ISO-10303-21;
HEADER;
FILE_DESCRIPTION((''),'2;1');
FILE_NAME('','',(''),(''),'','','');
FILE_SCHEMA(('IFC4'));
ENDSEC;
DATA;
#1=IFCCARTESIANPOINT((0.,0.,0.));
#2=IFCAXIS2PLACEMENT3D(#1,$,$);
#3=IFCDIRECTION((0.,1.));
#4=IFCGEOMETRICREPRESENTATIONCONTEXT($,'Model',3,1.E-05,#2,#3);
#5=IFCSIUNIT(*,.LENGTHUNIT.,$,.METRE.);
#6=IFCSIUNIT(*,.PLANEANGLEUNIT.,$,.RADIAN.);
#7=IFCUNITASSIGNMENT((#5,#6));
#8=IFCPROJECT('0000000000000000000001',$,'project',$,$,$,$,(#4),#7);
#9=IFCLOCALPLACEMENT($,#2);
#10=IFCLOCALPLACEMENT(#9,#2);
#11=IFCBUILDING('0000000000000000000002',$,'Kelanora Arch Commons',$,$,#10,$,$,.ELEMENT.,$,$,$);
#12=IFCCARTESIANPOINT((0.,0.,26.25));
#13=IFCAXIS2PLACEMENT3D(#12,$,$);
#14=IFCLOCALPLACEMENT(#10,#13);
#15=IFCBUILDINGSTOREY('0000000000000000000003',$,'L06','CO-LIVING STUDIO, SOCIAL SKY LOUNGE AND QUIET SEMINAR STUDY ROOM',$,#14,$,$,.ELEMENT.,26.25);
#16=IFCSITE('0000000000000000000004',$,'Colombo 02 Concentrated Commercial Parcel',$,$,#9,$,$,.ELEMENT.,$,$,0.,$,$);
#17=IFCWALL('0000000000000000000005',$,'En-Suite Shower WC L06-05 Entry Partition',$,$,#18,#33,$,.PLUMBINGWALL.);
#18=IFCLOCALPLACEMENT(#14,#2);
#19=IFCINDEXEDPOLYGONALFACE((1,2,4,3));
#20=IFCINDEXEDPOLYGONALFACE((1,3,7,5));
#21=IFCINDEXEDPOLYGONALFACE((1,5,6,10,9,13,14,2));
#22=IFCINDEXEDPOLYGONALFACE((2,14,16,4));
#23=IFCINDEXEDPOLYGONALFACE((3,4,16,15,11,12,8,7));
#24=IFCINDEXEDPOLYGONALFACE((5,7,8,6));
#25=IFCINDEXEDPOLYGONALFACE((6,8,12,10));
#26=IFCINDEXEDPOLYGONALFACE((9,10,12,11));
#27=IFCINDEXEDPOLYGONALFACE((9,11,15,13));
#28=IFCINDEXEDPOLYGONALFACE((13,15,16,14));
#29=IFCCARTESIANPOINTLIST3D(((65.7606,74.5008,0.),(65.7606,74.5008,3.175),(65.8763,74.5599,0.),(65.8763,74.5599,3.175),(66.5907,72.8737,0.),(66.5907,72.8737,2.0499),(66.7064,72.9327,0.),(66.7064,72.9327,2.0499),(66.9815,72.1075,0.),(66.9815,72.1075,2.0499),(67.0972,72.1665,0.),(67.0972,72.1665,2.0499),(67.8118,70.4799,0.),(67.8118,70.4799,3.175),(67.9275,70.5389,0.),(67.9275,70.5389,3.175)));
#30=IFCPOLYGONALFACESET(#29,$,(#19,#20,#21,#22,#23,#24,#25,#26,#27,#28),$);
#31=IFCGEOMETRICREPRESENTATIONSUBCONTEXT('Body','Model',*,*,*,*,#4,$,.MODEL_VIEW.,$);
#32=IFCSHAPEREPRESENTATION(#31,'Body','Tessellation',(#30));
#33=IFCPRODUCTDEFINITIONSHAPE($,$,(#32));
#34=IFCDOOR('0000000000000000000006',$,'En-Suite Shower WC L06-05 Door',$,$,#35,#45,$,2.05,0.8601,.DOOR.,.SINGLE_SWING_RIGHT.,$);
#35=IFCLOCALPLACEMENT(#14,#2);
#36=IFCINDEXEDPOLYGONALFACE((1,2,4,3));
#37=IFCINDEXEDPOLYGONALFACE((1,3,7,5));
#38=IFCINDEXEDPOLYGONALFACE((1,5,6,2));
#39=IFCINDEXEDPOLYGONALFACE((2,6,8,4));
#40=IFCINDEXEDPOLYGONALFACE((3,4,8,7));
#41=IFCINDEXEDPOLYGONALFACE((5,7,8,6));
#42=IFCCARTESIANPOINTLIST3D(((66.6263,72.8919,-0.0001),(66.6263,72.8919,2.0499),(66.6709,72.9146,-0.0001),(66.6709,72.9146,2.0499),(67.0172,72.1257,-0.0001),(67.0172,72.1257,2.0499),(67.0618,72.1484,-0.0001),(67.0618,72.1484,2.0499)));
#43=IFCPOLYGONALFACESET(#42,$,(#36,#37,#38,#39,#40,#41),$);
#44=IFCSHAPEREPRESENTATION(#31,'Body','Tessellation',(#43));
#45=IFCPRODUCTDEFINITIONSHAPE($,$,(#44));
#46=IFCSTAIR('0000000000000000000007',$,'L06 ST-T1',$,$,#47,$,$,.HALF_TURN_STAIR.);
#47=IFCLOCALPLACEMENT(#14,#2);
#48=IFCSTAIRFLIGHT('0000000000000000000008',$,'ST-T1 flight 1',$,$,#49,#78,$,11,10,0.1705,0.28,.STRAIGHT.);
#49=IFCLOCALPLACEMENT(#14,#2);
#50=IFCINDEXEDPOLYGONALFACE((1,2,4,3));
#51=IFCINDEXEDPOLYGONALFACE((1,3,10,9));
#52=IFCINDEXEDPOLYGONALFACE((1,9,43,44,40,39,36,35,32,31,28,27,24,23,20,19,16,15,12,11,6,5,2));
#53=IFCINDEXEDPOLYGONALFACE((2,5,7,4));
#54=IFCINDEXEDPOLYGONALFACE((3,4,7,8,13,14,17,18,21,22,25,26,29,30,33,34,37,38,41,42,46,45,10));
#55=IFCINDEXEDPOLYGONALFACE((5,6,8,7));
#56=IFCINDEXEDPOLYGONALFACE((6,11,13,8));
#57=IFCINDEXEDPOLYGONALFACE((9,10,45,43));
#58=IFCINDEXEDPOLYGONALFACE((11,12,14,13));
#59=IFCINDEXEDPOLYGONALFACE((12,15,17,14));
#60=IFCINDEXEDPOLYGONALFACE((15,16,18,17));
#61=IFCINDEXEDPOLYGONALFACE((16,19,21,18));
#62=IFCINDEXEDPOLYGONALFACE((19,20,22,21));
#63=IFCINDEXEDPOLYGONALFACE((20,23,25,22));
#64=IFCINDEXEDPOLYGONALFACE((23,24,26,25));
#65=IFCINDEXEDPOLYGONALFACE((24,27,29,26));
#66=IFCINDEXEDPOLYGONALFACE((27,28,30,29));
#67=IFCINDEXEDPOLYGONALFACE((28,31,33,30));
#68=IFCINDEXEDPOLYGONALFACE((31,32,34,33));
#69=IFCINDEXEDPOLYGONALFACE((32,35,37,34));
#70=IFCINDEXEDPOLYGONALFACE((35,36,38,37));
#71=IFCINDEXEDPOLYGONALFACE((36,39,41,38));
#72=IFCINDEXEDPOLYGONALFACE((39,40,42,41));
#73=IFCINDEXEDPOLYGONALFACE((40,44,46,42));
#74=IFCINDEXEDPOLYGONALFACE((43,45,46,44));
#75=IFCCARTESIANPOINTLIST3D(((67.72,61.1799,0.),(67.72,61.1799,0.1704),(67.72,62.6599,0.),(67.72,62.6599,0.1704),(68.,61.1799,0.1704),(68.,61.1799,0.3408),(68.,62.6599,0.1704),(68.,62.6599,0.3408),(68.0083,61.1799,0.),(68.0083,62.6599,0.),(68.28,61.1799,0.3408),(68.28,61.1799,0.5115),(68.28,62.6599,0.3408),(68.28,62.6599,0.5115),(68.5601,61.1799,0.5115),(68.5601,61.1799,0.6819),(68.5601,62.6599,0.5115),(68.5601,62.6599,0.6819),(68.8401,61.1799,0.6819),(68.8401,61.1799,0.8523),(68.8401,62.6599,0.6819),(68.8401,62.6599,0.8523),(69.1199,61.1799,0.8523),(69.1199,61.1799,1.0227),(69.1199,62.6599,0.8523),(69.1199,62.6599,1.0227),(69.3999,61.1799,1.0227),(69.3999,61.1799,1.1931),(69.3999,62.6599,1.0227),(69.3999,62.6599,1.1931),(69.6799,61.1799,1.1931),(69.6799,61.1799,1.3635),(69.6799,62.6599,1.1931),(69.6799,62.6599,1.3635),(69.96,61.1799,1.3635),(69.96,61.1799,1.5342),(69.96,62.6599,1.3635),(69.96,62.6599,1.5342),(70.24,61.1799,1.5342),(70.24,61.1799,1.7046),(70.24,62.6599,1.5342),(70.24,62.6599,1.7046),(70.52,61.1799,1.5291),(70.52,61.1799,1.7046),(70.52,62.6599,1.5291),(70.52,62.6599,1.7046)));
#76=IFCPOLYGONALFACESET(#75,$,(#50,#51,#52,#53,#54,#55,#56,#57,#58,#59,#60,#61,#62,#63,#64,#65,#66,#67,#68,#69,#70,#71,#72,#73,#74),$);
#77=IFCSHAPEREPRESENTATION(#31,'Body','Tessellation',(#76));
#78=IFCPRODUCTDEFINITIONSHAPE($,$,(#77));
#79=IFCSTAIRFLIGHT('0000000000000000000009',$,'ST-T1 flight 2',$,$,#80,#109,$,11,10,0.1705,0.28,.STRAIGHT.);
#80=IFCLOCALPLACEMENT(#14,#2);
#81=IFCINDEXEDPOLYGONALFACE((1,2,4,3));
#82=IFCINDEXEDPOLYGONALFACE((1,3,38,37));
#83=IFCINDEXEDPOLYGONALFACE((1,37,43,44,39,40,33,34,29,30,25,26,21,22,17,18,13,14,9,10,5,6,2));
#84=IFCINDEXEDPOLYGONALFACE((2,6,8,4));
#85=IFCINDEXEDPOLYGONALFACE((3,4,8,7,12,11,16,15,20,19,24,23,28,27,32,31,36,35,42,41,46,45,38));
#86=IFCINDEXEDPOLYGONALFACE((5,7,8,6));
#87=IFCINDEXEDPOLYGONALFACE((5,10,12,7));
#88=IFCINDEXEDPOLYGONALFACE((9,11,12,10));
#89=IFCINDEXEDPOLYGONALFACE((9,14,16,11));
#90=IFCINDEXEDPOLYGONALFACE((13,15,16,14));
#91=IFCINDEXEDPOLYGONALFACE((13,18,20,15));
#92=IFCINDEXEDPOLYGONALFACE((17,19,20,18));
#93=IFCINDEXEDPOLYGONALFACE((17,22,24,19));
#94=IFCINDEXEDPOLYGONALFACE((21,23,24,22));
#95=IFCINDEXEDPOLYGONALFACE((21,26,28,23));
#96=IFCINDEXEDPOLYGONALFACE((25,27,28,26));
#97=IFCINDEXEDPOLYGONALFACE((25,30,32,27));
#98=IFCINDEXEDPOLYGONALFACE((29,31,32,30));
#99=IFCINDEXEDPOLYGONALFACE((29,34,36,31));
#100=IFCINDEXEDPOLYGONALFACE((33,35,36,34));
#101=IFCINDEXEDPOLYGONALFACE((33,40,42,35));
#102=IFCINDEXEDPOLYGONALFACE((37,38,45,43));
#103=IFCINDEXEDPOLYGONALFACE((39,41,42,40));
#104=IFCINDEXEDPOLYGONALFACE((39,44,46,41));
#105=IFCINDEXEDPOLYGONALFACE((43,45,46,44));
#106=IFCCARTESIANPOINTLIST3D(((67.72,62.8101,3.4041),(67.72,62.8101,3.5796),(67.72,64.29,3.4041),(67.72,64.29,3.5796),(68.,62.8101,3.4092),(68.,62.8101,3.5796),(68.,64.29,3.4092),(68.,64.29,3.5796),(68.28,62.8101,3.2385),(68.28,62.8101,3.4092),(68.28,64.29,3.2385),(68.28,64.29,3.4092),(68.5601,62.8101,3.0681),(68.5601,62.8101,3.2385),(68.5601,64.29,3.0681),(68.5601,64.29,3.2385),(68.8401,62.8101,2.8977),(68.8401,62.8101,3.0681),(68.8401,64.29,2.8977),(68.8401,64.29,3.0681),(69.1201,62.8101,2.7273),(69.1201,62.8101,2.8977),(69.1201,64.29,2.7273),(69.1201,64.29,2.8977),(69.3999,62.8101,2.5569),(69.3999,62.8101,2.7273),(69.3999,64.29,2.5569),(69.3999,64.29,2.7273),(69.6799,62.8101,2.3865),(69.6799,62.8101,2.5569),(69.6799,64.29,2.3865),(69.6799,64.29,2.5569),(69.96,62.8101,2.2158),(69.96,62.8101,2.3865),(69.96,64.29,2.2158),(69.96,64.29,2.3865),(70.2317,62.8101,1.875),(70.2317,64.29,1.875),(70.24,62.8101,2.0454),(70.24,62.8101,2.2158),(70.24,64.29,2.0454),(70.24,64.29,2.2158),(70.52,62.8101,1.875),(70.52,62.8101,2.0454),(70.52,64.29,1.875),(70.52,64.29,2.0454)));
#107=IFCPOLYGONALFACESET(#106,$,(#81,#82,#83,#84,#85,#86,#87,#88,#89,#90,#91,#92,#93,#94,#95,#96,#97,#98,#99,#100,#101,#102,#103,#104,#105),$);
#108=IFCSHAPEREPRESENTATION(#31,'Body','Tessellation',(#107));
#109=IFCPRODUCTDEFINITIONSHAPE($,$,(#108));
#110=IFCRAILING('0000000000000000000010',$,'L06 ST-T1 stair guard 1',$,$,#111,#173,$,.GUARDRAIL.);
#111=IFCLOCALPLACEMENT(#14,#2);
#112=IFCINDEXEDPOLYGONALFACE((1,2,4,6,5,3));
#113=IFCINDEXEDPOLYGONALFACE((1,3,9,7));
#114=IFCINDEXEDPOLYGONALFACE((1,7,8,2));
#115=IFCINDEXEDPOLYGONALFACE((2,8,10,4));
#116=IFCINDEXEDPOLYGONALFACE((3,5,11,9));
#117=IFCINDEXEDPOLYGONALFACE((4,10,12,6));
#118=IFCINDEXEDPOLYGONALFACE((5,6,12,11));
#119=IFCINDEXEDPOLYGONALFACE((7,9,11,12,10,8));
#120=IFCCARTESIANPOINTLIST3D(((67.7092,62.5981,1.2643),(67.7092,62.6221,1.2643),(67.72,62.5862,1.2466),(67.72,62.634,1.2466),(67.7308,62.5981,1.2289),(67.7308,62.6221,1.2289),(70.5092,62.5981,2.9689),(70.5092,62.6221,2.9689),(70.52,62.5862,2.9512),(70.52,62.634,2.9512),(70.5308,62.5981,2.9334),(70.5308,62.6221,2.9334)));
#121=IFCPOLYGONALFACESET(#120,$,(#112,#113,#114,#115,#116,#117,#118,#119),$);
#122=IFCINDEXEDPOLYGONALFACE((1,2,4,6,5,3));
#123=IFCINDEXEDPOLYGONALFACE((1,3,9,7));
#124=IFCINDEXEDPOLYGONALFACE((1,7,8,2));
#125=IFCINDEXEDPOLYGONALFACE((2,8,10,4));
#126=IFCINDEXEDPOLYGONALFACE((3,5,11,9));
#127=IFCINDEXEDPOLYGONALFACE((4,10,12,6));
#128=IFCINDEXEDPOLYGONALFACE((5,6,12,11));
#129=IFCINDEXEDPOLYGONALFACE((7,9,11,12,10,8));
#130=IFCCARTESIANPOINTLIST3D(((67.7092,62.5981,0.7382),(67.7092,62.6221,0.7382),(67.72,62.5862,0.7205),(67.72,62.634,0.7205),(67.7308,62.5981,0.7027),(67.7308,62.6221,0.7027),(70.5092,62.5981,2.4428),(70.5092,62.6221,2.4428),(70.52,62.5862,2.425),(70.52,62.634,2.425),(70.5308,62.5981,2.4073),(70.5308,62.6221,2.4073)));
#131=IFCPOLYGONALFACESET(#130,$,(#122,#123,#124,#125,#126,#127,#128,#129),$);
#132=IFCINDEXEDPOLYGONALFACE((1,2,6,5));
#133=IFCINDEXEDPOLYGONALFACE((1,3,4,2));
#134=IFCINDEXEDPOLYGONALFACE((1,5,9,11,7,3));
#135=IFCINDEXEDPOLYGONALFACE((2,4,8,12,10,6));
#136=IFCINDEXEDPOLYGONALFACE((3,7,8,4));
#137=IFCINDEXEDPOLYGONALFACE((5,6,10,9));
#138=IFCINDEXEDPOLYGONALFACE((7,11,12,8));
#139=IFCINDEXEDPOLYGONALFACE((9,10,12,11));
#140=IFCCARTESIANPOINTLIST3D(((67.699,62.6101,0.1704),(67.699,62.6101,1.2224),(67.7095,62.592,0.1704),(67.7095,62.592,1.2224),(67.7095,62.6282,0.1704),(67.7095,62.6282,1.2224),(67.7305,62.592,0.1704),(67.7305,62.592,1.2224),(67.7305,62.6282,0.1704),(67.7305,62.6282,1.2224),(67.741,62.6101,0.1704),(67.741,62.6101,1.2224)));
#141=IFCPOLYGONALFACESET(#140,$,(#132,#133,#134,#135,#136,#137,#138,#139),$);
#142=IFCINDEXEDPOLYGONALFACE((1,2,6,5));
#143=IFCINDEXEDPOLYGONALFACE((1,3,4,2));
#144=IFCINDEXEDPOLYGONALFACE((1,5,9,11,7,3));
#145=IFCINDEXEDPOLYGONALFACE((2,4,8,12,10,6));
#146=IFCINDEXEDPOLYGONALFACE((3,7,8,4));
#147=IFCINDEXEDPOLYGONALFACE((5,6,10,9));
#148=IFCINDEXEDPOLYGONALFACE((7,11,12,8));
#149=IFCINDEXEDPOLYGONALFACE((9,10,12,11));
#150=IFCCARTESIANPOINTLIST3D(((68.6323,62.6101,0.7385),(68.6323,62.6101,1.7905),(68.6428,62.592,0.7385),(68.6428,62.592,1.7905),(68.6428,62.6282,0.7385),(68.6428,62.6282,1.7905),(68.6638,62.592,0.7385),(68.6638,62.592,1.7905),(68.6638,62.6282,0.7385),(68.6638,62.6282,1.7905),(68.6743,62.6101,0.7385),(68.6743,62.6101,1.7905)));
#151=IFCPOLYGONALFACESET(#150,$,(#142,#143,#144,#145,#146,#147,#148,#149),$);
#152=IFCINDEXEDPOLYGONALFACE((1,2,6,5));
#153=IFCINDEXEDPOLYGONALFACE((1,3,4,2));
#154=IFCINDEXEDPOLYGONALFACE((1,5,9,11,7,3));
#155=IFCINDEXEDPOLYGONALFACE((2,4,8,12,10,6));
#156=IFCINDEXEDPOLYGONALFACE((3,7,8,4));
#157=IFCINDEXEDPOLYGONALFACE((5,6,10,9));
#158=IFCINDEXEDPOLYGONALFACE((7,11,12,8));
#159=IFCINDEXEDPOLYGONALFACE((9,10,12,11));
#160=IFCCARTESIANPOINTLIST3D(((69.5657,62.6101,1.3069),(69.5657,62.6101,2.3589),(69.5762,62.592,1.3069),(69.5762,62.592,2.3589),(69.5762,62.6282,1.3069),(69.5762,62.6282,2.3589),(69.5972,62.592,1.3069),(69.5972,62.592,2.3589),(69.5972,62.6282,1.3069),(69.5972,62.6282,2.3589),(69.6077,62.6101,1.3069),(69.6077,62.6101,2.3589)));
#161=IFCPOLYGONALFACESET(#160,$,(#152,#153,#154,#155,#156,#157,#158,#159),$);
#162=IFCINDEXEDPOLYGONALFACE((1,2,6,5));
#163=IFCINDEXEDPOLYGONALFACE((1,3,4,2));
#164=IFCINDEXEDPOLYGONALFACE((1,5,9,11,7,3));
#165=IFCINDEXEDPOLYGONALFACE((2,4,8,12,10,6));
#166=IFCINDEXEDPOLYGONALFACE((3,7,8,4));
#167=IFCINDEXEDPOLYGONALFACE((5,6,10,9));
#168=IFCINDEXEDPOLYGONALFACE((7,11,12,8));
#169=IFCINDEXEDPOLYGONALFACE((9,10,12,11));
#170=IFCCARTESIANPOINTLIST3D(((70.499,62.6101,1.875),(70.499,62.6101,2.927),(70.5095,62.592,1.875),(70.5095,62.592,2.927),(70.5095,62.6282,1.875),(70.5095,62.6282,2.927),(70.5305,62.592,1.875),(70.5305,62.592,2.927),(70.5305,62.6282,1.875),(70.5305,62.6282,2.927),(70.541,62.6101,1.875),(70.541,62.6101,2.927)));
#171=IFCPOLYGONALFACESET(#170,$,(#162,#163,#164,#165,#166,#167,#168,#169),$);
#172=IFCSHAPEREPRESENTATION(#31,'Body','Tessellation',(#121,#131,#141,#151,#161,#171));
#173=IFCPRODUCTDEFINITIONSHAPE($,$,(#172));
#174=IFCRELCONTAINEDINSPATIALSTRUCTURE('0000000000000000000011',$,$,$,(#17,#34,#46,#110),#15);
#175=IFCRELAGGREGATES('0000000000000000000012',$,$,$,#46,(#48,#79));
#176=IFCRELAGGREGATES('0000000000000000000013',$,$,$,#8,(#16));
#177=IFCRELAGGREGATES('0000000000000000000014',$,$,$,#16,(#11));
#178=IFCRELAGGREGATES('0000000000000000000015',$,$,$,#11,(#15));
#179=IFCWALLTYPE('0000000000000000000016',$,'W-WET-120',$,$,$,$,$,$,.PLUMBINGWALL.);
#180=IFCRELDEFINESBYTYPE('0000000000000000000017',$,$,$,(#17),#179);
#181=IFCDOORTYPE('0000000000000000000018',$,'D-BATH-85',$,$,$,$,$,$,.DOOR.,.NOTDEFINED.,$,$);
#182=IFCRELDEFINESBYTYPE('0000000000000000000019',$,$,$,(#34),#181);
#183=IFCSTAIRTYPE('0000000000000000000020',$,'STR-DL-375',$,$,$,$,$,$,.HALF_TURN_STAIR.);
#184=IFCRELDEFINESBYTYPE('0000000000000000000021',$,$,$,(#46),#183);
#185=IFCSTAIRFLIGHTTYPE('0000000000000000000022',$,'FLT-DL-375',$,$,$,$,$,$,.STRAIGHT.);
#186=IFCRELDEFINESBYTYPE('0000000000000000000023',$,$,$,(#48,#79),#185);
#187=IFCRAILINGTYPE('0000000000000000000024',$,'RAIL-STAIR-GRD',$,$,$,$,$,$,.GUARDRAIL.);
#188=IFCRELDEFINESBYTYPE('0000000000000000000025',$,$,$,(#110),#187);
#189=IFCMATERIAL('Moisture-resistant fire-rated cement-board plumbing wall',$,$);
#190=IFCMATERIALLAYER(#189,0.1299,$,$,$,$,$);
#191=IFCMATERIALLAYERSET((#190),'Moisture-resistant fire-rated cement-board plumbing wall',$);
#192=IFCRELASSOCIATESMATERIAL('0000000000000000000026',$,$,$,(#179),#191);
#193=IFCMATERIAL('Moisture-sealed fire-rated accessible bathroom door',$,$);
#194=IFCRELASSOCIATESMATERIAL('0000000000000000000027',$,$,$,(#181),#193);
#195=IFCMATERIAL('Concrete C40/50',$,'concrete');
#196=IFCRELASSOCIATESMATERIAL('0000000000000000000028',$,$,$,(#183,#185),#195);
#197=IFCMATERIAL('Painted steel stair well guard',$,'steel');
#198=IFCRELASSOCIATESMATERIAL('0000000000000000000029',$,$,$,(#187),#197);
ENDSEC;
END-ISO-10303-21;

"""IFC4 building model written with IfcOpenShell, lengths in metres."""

from ifc_helpers import new_model, si_unit, direction, frame, frame_2d, origin, place, context, subcontext, project, spatial, polyline, rectangle, outline, extrude, material, layer, layer_set, type_object, element, fill, aggregate, save


model = new_model("IFC4")

# Units and contexts
model_context = context("Model", 3, precision=1e-05, world=origin(), true_north=direction((0.0, 1.0)))
body_context = subcontext(model_context, "Body", "Model", "MODEL_VIEW")
ifc_project = project(units=[si_unit("LENGTHUNIT", "METRE"), si_unit("PLANEANGLEUNIT", "RADIAN")], contexts=[model_context])

# Site, building, storey
site_placement = place(None, origin())
site = spatial("IfcSite", under=ifc_project, at=site_placement, Name="Colombo 02 Concentrated Commercial Parcel", CompositionType="ELEMENT", RefElevation=0.0)
building_placement = place(site_placement, origin())
building = spatial("IfcBuilding", under=site, at=building_placement, Name="Kelanora Arch Commons", CompositionType="ELEMENT")
storey_placement = place(building_placement, frame((0.0, 0.0, 26.25)))
storey = spatial("IfcBuildingStorey", under=building, at=storey_placement, Name="L06", Description="CO-LIVING STUDIO, SOCIAL SKY LOUNGE AND QUIET SEMINAR STUDY ROOM", CompositionType="ELEMENT", Elevation=26.25)

# Shared definitions
ifc_material_1 = material(Name="Concrete C40/50", Category="concrete")

# Wall, opening, door
ifc_material_2 = material(Name="Moisture-resistant fire-rated cement-board plumbing wall")
ifc_layer_1 = layer(ifc_material_2, 0.1299)
ifc_layer_set_1 = layer_set([ifc_layer_1], Name="Moisture-resistant fire-rated cement-board plumbing wall")
wall_type_1 = type_object("IfcWallType", Name="W-WET-120", PredefinedType="PLUMBINGWALL", material=ifc_layer_set_1)
wall_1_placement = place(storey_placement, frame((67.8696, 70.5095, 0.0), z_axis=(0.0, 0.0, 1.0), x_axis=(-0.454425, 0.890785, 0.0)))
wall_1 = element("IfcWall", 1, at=wall_1_placement, inside=storey, type_object=wall_type_1, Name="En-Suite Shower WC L06-05 Entry Partition", PredefinedType="PLUMBINGWALL", context=body_context, shape_type="SweptSolid", body=[
    extrude(rectangle(XDim=4.5139, YDim=0.1299, at=frame_2d((2.2568, 0.0))), origin(), (0.0, 0.0, 1.0), 3.175),
])
opening_1_placement = place(wall_1_placement, frame((1.8269, 0.0, 0.0)))
opening_1 = element("IfcOpeningElement", 2, at=opening_1_placement, cuts=wall_1, PredefinedType="OPENING", context=body_context, shape_type="SweptSolid", body=[
    extrude(rectangle(XDim=0.8601, YDim=2.05, at=frame_2d((0.4302, 1.0249))), frame((0.0, 0.075, 0.0), z_axis=(0.0, -1.0, 0.0), x_axis=(1.0, 0.0, 0.0)), (0.0, 0.0, 1.0), 0.1499),
])
ifc_material_3 = material(Name="Moisture-sealed fire-rated accessible bathroom door")
door_type_1 = type_object("IfcDoorType", Name="D-BATH-85", OperationType="NOTDEFINED", PredefinedType="DOOR", material=ifc_material_3)
door_1_placement = place(opening_1_placement, origin())
door_1 = element("IfcDoor", 3, at=door_1_placement, inside=storey, type_object=door_type_1, Name="En-Suite Shower WC L06-05 Door", OperationType="SINGLE_SWING_RIGHT", OverallHeight=2.05, OverallWidth=0.8601, PredefinedType="DOOR", context=body_context, shape_type="SweptSolid", body=[
    extrude(rectangle(XDim=0.8601, YDim=2.05, at=frame_2d((0.4302, 1.0249))), frame((0.0, 0.0249, 0.0), z_axis=(0.0, -1.0, 0.0), x_axis=(1.0, 0.0, 0.0)), (0.0, 0.0, 1.0), 0.05),
])
fill(opening_1, door_1)

# Stair, stair flights
stair_type = type_object("IfcStairType", Name="STR-DL-375", PredefinedType="HALF_TURN_STAIR", material=ifc_material_1)
stair_placement = place(storey_placement, origin())
stair = element("IfcStair", 4, at=stair_placement, inside=storey, type_object=stair_type, Name="L06 ST-T1", PredefinedType="HALF_TURN_STAIR")
stair_flight_type = type_object("IfcStairFlightType", Name="FLT-DL-375", PredefinedType="STRAIGHT", material=ifc_material_1)
stair_flight_1_placement = place(storey_placement, frame((67.72, 61.9199, 0.0), z_axis=(0.0, 0.0, 1.0), x_axis=(1.0, 0.0, 0.0)))
stair_flight_1 = element("IfcStairFlight", 5, at=stair_flight_1_placement, type_object=stair_flight_type, Name="ST-T1 flight 1", NumberOfRisers=11, NumberOfTreads=10, PredefinedType="STRAIGHT", RiserHeight=0.1705, TreadLength=0.28, context=body_context, shape_type="SweptSolid", body=[
    extrude(outline(polyline([(0.0, 0.0), (0.0, 0.1704), (0.28, 0.1704), (0.28, 0.3408), (0.5601, 0.3408), (0.5601, 0.5115), (0.8401, 0.5115), (0.8401, 0.6819), (1.1201, 0.6819), (1.1201, 0.8523), (1.3999, 0.8523), (1.3999, 1.0227), (1.6799, 1.0227), (1.6799, 1.1931), (1.96, 1.1931), (1.96, 1.3635), (2.24, 1.3635), (2.24, 1.5342), (2.52, 1.5342), (2.52, 1.7046), (2.8, 1.7046), (2.8, 1.875), (2.8, 1.5291), (0.2883, 0.0), (0.0, 0.0)])), frame((0.0, 0.74, 0.0), z_axis=(0.0, -1.0, 0.0), x_axis=(1.0, 0.0, 0.0)), (0.0, 0.0, 1.0), 1.48),
])
stair_flight_2_placement = place(storey_placement, frame((70.52, 63.55, 1.875), z_axis=(0.0, 0.0, 1.0), x_axis=(-1.0, 0.0, 0.0)))
stair_flight_2 = element("IfcStairFlight", 6, at=stair_flight_2_placement, type_object=stair_flight_type, Name="ST-T1 flight 2", NumberOfRisers=11, NumberOfTreads=10, PredefinedType="STRAIGHT", RiserHeight=0.1705, TreadLength=0.28, context=body_context, shape_type="SweptSolid", body=[
    extrude(outline(polyline([(0.0, 0.0), (0.0, 0.1704), (0.28, 0.1704), (0.28, 0.3408), (0.5601, 0.3408), (0.5601, 0.5115), (0.8401, 0.5115), (0.8401, 0.6819), (1.1201, 0.6819), (1.1201, 0.8523), (1.3999, 0.8523), (1.3999, 1.0227), (1.6799, 1.0227), (1.6799, 1.1931), (1.96, 1.1931), (1.96, 1.3635), (2.24, 1.3635), (2.24, 1.5342), (2.52, 1.5342), (2.52, 1.7046), (2.8, 1.7046), (2.8, 1.875), (2.8, 1.5291), (0.2883, 0.0), (0.0, 0.0)])), frame((0.0, 0.74, 0.0), z_axis=(0.0, -1.0, 0.0), x_axis=(1.0, 0.0, 0.0)), (0.0, 0.0, 1.0), 1.48),
])
aggregate(stair, [stair_flight_1, stair_flight_2])

# Railing
ifc_material_4 = material(Name="Painted steel stair well guard", Category="steel")
railing_type_1 = type_object("IfcRailingType", Name="RAIL-STAIR-GRD", PredefinedType="GUARDRAIL", material=ifc_material_4)
railing_1_placement = place(storey_placement, frame((67.72, 62.6101, 0.1704)))
element("IfcRailing", 7, at=railing_1_placement, inside=storey, type_object=railing_type_1, Name="L06 ST-T1 stair guard 1", PredefinedType="GUARDRAIL", context=body_context, shape_type="SweptSolid", body=[
    extrude(outline(polyline([(0.0239, 0.0), (0.012, 0.0208), (-0.012, 0.0208), (-0.0239, 0.0), (-0.012, -0.0208), (0.012, -0.0208), (0.0239, 0.0)])), frame((0.0, 0.0, 1.0762), z_axis=(0.85417, 0.0, 0.519994), x_axis=(0.0, 1.0, 0.0)), (0.0, 0.0, 1.0), 3.2781),
    extrude(outline(polyline([(0.0239, 0.0), (0.012, 0.0208), (-0.012, 0.0208), (-0.0239, 0.0), (-0.012, -0.0208), (0.012, -0.0208), (0.0239, 0.0)])), frame((0.0, 0.0, 0.55), z_axis=(0.85417, 0.0, 0.519994), x_axis=(0.0, 1.0, 0.0)), (0.0, 0.0, 1.0), 3.2781),
    extrude(outline(polyline([(0.021, 0.0), (0.0105, 0.0181), (-0.0105, 0.0181), (-0.021, 0.0), (-0.0105, -0.0181), (0.0105, -0.0181), (0.021, 0.0)])), origin(), (0.0, 0.0, 1.0), 1.052),
    extrude(outline(polyline([(0.021, 0.0), (0.0105, 0.0181), (-0.0105, 0.0181), (-0.021, 0.0), (-0.0105, -0.0181), (0.0105, -0.0181), (0.021, 0.0)])), frame((0.9333, 0.0, 0.5681)), (0.0, 0.0, 1.0), 1.052),
    extrude(outline(polyline([(0.021, 0.0), (0.0105, 0.0181), (-0.0105, 0.0181), (-0.021, 0.0), (-0.0105, -0.0181), (0.0105, -0.0181), (0.021, 0.0)])), frame((1.8667, 0.0, 1.1365)), (0.0, 0.0, 1.0), 1.052),
    extrude(outline(polyline([(0.021, 0.0), (0.0105, 0.0181), (-0.0105, 0.0181), (-0.021, 0.0), (-0.0105, -0.0181), (0.0105, -0.0181), (0.021, 0.0)])), frame((2.8, 0.0, 1.7046)), (0.0, 0.0, 1.0), 1.052),
])

save(model, "model.ifc")
